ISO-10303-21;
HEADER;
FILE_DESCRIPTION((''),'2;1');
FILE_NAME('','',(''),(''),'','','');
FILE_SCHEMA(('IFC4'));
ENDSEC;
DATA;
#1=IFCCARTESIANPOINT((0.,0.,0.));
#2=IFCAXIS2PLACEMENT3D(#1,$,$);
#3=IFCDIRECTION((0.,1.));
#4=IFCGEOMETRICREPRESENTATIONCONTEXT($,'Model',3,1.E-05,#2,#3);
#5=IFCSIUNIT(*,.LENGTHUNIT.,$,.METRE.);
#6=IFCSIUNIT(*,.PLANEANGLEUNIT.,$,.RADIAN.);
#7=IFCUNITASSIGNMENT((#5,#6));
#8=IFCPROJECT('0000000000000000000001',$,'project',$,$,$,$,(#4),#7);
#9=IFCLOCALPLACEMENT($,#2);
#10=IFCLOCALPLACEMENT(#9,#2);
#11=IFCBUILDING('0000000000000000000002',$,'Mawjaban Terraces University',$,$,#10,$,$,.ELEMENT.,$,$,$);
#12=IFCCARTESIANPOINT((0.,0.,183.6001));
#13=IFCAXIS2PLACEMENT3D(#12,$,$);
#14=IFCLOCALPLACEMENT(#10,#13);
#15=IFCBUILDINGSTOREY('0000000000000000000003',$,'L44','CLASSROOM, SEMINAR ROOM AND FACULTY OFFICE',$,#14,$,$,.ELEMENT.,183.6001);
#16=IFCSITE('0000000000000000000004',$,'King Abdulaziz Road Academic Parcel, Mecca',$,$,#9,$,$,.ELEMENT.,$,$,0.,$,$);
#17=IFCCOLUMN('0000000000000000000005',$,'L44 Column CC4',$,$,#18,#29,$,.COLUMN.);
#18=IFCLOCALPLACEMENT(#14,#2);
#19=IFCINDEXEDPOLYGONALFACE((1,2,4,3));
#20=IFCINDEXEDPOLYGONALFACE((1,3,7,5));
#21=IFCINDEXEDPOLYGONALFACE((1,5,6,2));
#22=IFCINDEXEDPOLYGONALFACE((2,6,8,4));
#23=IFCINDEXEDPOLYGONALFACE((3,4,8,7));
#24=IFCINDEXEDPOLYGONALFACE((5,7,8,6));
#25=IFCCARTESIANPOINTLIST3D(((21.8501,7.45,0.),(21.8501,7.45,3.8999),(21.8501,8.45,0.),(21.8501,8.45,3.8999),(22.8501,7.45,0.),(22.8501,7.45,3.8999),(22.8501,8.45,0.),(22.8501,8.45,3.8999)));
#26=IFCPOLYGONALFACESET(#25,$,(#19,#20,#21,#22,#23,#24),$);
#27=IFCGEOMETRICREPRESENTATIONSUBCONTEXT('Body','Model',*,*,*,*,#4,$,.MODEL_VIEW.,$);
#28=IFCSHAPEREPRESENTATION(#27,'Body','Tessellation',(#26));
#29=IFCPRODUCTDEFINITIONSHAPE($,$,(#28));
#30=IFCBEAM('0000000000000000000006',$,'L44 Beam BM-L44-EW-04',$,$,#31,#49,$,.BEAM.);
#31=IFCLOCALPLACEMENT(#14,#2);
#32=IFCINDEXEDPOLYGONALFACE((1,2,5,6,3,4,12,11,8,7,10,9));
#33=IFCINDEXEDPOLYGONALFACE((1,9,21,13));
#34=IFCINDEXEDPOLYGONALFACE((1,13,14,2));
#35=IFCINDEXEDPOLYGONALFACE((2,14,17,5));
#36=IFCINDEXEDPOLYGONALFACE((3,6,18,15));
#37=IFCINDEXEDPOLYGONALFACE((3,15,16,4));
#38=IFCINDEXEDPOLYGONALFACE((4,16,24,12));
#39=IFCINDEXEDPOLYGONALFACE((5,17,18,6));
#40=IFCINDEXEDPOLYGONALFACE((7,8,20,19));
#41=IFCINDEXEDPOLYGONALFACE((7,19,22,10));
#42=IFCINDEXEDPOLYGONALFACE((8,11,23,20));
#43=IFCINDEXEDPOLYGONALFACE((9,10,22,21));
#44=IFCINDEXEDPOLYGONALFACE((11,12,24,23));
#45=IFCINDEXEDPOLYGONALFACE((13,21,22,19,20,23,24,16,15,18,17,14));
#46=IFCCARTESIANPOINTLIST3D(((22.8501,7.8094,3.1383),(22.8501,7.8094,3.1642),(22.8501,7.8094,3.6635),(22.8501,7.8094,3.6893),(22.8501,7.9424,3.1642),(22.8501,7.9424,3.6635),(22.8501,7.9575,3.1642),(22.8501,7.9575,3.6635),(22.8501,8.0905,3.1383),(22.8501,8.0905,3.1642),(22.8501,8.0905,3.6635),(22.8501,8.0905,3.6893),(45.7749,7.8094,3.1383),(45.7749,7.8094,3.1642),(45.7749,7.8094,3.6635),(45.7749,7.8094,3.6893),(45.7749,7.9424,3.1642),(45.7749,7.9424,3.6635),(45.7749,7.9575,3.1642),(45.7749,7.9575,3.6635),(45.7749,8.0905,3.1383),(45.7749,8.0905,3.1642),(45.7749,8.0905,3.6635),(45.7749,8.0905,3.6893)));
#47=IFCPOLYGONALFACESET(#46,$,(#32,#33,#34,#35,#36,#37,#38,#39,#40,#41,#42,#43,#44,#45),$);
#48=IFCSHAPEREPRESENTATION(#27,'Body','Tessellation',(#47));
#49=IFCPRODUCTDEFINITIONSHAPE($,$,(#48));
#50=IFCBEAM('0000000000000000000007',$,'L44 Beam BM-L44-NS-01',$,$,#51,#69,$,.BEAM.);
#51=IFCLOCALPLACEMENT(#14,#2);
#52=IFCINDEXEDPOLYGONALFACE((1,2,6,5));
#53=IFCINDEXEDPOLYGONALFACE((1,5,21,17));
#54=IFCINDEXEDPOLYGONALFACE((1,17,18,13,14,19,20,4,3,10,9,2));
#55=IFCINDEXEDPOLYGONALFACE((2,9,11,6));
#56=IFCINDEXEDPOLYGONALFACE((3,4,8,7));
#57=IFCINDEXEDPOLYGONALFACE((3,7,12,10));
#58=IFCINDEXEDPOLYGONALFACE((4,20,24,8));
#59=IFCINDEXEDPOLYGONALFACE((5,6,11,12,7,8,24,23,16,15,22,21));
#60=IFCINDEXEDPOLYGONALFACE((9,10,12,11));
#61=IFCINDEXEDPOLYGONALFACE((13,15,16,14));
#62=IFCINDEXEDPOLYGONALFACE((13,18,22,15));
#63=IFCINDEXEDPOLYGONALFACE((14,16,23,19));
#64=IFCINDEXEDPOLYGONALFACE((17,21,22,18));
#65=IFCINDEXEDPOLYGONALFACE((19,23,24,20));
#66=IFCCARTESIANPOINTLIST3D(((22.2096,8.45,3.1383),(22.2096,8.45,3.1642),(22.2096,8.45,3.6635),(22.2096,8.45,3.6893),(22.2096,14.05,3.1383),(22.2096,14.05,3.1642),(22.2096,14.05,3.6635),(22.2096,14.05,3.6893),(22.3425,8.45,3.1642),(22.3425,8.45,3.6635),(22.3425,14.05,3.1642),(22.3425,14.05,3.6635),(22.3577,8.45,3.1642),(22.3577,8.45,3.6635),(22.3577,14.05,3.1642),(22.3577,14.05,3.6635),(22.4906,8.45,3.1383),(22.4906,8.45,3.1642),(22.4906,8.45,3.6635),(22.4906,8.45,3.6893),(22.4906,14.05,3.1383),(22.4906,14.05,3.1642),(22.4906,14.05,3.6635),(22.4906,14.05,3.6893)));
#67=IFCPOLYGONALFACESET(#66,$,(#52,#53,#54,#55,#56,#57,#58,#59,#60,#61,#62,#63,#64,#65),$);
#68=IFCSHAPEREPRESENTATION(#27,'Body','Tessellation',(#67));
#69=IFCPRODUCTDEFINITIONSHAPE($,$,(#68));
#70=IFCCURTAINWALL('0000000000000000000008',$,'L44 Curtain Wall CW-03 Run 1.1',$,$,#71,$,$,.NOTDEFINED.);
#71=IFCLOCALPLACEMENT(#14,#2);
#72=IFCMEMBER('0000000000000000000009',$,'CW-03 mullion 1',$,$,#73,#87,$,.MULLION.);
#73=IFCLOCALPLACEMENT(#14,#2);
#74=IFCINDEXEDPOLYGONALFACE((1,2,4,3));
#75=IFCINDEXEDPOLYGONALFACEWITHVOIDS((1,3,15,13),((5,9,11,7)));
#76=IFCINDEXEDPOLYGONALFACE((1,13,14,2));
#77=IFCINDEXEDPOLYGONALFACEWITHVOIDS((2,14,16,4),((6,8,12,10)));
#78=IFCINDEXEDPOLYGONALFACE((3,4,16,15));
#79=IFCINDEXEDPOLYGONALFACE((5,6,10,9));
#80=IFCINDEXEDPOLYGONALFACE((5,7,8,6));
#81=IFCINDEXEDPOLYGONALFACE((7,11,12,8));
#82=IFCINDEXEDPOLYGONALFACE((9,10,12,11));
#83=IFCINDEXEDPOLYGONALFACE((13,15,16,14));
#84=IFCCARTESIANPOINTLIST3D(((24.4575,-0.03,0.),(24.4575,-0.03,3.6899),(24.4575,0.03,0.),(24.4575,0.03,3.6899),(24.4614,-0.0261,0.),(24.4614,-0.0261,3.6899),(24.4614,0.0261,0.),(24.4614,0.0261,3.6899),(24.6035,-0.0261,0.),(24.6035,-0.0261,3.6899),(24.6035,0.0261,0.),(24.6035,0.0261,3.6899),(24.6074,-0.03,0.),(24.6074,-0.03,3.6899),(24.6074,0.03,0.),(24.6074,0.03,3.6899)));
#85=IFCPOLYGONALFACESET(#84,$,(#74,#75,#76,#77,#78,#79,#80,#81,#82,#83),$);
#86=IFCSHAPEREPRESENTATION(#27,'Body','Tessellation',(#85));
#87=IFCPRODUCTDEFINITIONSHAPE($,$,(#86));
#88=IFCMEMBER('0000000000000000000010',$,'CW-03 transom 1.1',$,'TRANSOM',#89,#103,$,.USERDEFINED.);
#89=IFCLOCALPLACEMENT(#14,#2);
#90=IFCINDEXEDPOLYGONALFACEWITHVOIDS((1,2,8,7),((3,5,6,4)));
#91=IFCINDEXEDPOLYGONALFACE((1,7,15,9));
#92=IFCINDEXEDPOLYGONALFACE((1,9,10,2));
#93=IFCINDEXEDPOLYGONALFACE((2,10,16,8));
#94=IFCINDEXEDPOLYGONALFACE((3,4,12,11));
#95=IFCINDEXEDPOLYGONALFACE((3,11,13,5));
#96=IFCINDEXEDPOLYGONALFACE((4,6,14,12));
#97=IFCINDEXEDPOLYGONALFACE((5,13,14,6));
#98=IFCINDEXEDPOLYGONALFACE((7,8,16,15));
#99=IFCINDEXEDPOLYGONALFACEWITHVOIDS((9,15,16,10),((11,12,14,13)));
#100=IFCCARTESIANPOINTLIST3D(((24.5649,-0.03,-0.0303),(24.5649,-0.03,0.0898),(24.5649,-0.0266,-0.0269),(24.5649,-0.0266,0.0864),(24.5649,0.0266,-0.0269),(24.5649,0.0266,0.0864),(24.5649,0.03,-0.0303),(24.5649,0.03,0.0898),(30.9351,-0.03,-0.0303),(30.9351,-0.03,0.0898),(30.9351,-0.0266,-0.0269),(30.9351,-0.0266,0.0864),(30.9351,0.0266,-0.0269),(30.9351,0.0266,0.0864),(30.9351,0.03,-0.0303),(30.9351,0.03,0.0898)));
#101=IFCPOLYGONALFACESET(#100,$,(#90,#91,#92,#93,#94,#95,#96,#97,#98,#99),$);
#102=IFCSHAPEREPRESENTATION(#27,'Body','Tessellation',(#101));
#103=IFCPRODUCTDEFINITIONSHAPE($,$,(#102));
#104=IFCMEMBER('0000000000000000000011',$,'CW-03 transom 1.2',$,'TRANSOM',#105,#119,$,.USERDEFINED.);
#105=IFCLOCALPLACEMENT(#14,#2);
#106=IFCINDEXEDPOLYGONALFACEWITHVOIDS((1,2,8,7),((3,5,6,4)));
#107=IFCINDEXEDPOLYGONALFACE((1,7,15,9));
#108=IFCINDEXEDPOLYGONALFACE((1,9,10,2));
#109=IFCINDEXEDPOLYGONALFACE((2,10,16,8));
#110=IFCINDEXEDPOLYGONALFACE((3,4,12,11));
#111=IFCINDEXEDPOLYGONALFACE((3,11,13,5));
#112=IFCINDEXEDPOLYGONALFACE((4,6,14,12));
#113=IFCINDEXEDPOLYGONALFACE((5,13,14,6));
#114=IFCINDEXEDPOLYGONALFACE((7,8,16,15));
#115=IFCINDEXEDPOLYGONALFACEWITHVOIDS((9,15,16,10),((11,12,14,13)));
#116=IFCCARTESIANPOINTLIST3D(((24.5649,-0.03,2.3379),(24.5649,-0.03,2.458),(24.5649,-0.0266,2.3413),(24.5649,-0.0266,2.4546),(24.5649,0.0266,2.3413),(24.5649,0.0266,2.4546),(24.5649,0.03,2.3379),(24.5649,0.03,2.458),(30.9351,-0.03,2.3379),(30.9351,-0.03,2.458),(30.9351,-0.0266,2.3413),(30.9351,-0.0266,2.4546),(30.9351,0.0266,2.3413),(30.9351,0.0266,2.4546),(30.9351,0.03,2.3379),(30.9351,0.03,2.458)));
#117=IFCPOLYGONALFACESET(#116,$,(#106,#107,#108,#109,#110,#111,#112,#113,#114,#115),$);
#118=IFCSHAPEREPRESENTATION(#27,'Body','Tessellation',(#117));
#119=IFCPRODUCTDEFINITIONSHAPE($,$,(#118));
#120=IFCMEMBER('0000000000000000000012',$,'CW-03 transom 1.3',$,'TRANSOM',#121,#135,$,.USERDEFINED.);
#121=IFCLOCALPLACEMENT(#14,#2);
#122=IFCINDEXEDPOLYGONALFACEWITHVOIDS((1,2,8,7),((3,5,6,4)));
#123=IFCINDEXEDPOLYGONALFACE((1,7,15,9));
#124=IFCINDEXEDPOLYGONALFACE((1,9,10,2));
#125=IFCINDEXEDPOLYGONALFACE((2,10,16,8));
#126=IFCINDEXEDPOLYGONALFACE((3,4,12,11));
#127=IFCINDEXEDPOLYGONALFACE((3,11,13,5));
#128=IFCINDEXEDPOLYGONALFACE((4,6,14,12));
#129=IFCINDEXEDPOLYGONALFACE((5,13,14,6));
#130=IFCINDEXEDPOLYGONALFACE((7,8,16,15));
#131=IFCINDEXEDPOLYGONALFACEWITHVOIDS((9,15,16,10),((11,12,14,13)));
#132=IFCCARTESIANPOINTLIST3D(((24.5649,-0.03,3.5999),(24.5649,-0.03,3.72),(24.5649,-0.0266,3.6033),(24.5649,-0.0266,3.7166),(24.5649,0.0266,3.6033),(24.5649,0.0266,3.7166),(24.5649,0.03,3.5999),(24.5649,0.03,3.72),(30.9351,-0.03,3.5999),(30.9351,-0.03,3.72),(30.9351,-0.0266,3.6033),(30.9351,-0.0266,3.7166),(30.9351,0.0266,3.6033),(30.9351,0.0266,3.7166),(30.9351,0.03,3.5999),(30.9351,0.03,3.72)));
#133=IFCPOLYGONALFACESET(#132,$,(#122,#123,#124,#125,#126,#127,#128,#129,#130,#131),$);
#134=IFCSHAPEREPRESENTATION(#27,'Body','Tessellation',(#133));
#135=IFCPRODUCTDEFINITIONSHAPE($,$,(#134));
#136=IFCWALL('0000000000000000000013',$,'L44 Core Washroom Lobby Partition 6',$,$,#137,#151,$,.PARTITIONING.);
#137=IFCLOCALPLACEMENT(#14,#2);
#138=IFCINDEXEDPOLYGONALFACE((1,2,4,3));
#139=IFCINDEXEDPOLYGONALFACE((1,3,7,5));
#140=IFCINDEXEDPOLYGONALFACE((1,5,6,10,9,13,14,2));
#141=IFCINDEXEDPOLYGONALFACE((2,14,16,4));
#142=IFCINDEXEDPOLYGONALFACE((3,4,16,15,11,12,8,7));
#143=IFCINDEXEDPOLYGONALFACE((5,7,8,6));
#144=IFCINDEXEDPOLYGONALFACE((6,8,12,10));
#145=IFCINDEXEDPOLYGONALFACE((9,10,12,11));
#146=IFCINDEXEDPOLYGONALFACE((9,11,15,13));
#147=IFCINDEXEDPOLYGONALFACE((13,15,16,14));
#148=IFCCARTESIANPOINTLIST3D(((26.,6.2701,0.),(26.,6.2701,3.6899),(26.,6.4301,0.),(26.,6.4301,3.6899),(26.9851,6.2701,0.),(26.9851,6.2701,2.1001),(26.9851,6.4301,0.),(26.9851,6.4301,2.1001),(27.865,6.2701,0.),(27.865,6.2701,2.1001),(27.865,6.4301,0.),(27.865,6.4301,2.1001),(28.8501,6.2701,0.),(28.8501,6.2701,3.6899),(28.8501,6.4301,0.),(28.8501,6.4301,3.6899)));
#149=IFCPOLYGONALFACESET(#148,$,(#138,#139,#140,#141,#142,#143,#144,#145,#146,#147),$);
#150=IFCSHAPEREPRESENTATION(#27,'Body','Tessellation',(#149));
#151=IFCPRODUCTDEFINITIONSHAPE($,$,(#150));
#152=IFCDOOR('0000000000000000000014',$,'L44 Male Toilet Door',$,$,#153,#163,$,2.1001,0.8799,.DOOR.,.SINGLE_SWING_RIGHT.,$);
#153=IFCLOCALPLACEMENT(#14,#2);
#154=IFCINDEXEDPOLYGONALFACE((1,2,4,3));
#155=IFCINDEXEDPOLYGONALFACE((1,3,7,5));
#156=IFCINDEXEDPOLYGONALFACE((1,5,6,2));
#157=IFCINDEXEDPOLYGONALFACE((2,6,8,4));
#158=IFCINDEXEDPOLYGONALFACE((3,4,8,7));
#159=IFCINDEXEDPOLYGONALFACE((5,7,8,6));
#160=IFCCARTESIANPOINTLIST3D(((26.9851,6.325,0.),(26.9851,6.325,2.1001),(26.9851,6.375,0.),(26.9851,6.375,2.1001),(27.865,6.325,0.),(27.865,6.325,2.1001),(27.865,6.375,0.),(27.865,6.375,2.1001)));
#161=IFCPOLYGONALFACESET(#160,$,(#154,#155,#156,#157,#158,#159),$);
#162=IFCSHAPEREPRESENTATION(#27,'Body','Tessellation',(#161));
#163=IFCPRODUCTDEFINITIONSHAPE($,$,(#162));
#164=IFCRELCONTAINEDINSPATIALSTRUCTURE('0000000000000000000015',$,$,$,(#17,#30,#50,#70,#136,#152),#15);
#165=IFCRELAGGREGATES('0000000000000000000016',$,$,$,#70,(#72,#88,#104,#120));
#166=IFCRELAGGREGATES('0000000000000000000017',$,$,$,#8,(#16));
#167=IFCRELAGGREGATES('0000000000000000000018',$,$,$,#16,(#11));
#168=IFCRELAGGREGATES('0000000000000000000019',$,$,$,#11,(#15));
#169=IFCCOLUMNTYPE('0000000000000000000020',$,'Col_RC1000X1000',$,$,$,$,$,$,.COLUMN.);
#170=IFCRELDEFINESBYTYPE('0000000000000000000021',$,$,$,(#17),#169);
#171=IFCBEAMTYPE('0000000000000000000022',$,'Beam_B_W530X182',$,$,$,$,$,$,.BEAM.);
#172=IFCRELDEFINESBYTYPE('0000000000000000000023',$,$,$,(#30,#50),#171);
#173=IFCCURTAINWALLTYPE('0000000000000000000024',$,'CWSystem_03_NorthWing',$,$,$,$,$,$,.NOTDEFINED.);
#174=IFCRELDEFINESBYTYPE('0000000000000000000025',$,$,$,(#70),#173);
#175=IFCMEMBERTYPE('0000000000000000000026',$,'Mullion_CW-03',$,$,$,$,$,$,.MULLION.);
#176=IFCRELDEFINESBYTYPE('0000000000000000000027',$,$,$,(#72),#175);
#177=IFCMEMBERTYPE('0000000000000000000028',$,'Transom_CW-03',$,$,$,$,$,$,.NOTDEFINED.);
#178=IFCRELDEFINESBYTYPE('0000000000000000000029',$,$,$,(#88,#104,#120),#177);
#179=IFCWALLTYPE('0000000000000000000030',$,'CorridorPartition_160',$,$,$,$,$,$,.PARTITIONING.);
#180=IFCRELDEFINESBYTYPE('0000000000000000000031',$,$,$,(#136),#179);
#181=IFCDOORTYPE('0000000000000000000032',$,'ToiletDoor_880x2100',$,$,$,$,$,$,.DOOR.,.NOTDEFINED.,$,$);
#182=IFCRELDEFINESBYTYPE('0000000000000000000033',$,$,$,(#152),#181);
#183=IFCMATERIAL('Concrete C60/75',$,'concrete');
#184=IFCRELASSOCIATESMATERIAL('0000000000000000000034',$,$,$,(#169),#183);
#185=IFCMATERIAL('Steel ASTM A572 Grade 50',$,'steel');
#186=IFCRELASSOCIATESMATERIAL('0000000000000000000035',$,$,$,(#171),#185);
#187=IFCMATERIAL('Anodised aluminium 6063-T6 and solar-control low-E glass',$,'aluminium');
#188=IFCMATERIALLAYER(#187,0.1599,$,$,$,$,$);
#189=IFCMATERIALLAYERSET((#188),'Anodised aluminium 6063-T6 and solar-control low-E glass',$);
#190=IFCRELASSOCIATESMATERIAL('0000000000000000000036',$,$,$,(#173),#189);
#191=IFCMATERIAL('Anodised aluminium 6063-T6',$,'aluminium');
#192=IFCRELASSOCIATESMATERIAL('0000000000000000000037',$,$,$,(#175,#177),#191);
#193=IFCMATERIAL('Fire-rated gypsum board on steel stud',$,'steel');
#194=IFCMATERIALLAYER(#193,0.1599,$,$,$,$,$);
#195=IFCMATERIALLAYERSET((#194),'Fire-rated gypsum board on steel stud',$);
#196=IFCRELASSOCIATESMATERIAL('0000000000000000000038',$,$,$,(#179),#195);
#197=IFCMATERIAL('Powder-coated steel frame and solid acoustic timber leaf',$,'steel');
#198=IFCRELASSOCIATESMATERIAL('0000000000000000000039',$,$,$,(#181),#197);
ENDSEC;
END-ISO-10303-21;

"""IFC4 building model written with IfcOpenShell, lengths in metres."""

from ifc_helpers import new_model, si_unit, direction, frame, frame_2d, origin, origin_2d, place, context, subcontext, project, spatial, rectangle, hollow_rectangle, i_section, extrude, material, layer, layer_set, material_profile, profile_set, type_object, element, fill, aggregate, save


model = new_model("IFC4")

# Units and contexts
model_context = context("Model", 3, precision=1e-05, world=origin(), true_north=direction((0.0, 1.0)))
body_context = subcontext(model_context, "Body", "Model", "MODEL_VIEW")
ifc_project = project(units=[si_unit("LENGTHUNIT", "METRE"), si_unit("PLANEANGLEUNIT", "RADIAN")], contexts=[model_context])

# Site, building, storey
site_placement = place(None, origin())
site = spatial("IfcSite", under=ifc_project, at=site_placement, Name="King Abdulaziz Road Academic Parcel, Mecca", CompositionType="ELEMENT", RefElevation=0.0)
building_placement = place(site_placement, origin())
building = spatial("IfcBuilding", under=site, at=building_placement, Name="Mawjaban Terraces University", CompositionType="ELEMENT")
storey_placement = place(building_placement, frame((0.0, 0.0, 183.6001)))
storey = spatial("IfcBuildingStorey", under=building, at=storey_placement, Name="L44", Description="CLASSROOM, SEMINAR ROOM AND FACULTY OFFICE", CompositionType="ELEMENT", Elevation=183.6001)

# Column
ifc_material_1 = material(Name="Concrete C60/75", Category="concrete")
ifc_material_profile_1 = material_profile(ifc_material_1, rectangle(XDim=1.0, YDim=1.0, at=origin_2d()), Name="RC1000X1000")
ifc_profile_set_1 = profile_set([ifc_material_profile_1], Name="Concrete C60/75")
column_type = type_object("IfcColumnType", Name="Col_RC1000X1000", PredefinedType="COLUMN", material=ifc_profile_set_1)
column_placement = place(storey_placement, frame((22.3501, 7.95, 0.0), z_axis=(0.0, 0.0, 1.0), x_axis=(1.0, 0.0, 0.0)))
element("IfcColumn", 1, at=column_placement, inside=storey, type_object=column_type, Name="L44 Column CC4", PredefinedType="COLUMN", context=body_context, shape_type="SweptSolid", body=[
    extrude(rectangle(XDim=1.0, YDim=1.0, at=origin_2d()), origin(), (0.0, 0.0, 1.0), 3.8999),
])

# Beams
ifc_material_2 = material(Name="Steel ASTM A572 Grade 50", Category="steel")
ifc_material_profile_2 = material_profile(ifc_material_2, i_section(OverallWidth=0.281, OverallDepth=0.551, WebThickness=0.0151, FlangeThickness=0.0259, at=origin_2d()), Name="W530X182")
ifc_profile_set_2 = profile_set([ifc_material_profile_2], Name="Steel ASTM A572 Grade 50")
beam_type = type_object("IfcBeamType", Name="Beam_B_W530X182", PredefinedType="BEAM", material=ifc_profile_set_2)
beam_1_placement = place(storey_placement, frame((22.8501, 7.95, 3.4138), z_axis=(1.0, 0.0, 0.0), x_axis=(0.0, 1.0, 0.0)))
element("IfcBeam", 2, at=beam_1_placement, inside=storey, type_object=beam_type, Name="L44 Beam BM-L44-EW-04", PredefinedType="BEAM", context=body_context, shape_type="SweptSolid", body=[
    extrude(i_section(OverallWidth=0.281, OverallDepth=0.551, WebThickness=0.0151, FlangeThickness=0.0259, at=origin_2d()), origin(), (0.0, 0.0, 1.0), 22.9248),
])
beam_2_placement = place(storey_placement, frame((22.3501, 8.45, 3.4138), z_axis=(0.0, 1.0, 0.0), x_axis=(-1.0, 0.0, 0.0)))
element("IfcBeam", 3, at=beam_2_placement, inside=storey, type_object=beam_type, Name="L44 Beam BM-L44-NS-01", PredefinedType="BEAM", context=body_context, shape_type="SweptSolid", body=[
    extrude(i_section(OverallWidth=0.281, OverallDepth=0.551, WebThickness=0.0151, FlangeThickness=0.0259, at=origin_2d()), origin(), (0.0, 0.0, 1.0), 5.6001),
])

# Curtain wall, members
ifc_material_3 = material(Name="Anodised aluminium 6063-T6 and solar-control low-E glass", Category="aluminium")
ifc_layer_1 = layer(ifc_material_3, 0.1599)
ifc_layer_set_1 = layer_set([ifc_layer_1], Name="Anodised aluminium 6063-T6 and solar-control low-E glass")
curtain_wall_type = type_object("IfcCurtainWallType", Name="CWSystem_03_NorthWing", PredefinedType="NOTDEFINED", material=ifc_layer_set_1)
curtain_wall_placement = place(storey_placement, origin())
curtain_wall = element("IfcCurtainWall", 4, at=curtain_wall_placement, inside=storey, type_object=curtain_wall_type, Name="L44 Curtain Wall CW-03 Run 1.1", PredefinedType="NOTDEFINED")
ifc_material_4 = material(Name="Anodised aluminium 6063-T6", Category="aluminium")
ifc_material_profile_3 = material_profile(ifc_material_4, hollow_rectangle(XDim=0.0601, YDim=0.1499, WallThickness=0.0039, at=origin_2d()), Name="ALU150X60X4")
ifc_profile_set_3 = profile_set([ifc_material_profile_3], Name="Anodised aluminium 6063-T6")
member_type_1 = type_object("IfcMemberType", Name="Mullion_CW-03", PredefinedType="MULLION", material=ifc_profile_set_3)
member_1_placement = place(storey_placement, frame((24.5325, 0.0, 0.0), z_axis=(0.0, 0.0, 1.0), x_axis=(0.0, 1.0, 0.0)))
member_1 = element("IfcMember", 5, at=member_1_placement, type_object=member_type_1, Name="CW-03 mullion 1", PredefinedType="MULLION", context=body_context, shape_type="SweptSolid", body=[
    extrude(hollow_rectangle(XDim=0.0601, YDim=0.1499, WallThickness=0.0039, at=origin_2d()), origin(), (0.0, 0.0, 1.0), 3.6899),
])
ifc_material_profile_4 = material_profile(ifc_material_4, hollow_rectangle(XDim=0.0601, YDim=0.1201, WallThickness=0.0034, at=origin_2d()), Name="ALU120X60X3.5")
ifc_profile_set_4 = profile_set([ifc_material_profile_4], Name="Anodised aluminium 6063-T6")
member_type_2 = type_object("IfcMemberType", Name="Transom_CW-03", PredefinedType="NOTDEFINED", material=ifc_profile_set_4)
member_2_placement = place(storey_placement, frame((24.5649, 0.0, 0.0298), z_axis=(1.0, 0.0, 0.0), x_axis=(0.0, 1.0, 0.0)))
member_2 = element("IfcMember", 6, at=member_2_placement, type_object=member_type_2, Name="CW-03 transom 1.1", ObjectType="TRANSOM", PredefinedType="USERDEFINED", context=body_context, shape_type="SweptSolid", body=[
    extrude(hollow_rectangle(XDim=0.0601, YDim=0.1201, WallThickness=0.0034, at=origin_2d()), origin(), (0.0, 0.0, 1.0), 6.3701),
])
member_3_placement = place(storey_placement, frame((24.5649, 0.0, 2.3979), z_axis=(1.0, 0.0, 0.0), x_axis=(0.0, 1.0, 0.0)))
member_3 = element("IfcMember", 7, at=member_3_placement, type_object=member_type_2, Name="CW-03 transom 1.2", ObjectType="TRANSOM", PredefinedType="USERDEFINED", context=body_context, shape_type="SweptSolid", body=[
    extrude(hollow_rectangle(XDim=0.0601, YDim=0.1201, WallThickness=0.0034, at=origin_2d()), origin(), (0.0, 0.0, 1.0), 6.3701),
])
member_4_placement = place(storey_placement, frame((24.5649, 0.0, 3.6599), z_axis=(1.0, 0.0, 0.0), x_axis=(0.0, 1.0, 0.0)))
member_4 = element("IfcMember", 8, at=member_4_placement, type_object=member_type_2, Name="CW-03 transom 1.3", ObjectType="TRANSOM", PredefinedType="USERDEFINED", context=body_context, shape_type="SweptSolid", body=[
    extrude(hollow_rectangle(XDim=0.0601, YDim=0.1201, WallThickness=0.0034, at=origin_2d()), origin(), (0.0, 0.0, 1.0), 6.3701),
])
aggregate(curtain_wall, [member_1, member_2, member_3, member_4])

# Wall, opening, door
ifc_material_5 = material(Name="Fire-rated gypsum board on steel stud", Category="steel")
ifc_layer_2 = layer(ifc_material_5, 0.1599)
ifc_layer_set_2 = layer_set([ifc_layer_2], Name="Fire-rated gypsum board on steel stud")
wall_type_1 = type_object("IfcWallType", Name="CorridorPartition_160", PredefinedType="PARTITIONING", material=ifc_layer_set_2)
wall_1_placement = place(storey_placement, frame((26.0, 6.3501, 0.0), z_axis=(0.0, 0.0, 1.0), x_axis=(1.0, 0.0, 0.0)))
wall_1 = element("IfcWall", 9, at=wall_1_placement, inside=storey, type_object=wall_type_1, Name="L44 Core Washroom Lobby Partition 6", PredefinedType="PARTITIONING", context=body_context, shape_type="SweptSolid", body=[
    extrude(rectangle(XDim=2.8501, YDim=0.1599, at=frame_2d((1.425, 0.0))), origin(), (0.0, 0.0, 1.0), 3.6899),
])
opening_1_placement = place(wall_1_placement, frame((0.9851, 0.0, 0.0)))
opening_1 = element("IfcOpeningElement", 10, at=opening_1_placement, cuts=wall_1, PredefinedType="OPENING", context=body_context, shape_type="SweptSolid", body=[
    extrude(rectangle(XDim=0.8799, YDim=2.1001, at=frame_2d((0.4399, 1.05))), frame((0.0, 0.0898, 0.0), z_axis=(0.0, -1.0, 0.0), x_axis=(1.0, 0.0, 0.0)), (0.0, 0.0, 1.0), 0.1799),
])
ifc_material_6 = material(Name="Powder-coated steel frame and solid acoustic timber leaf", Category="steel")
door_type = type_object("IfcDoorType", Name="ToiletDoor_880x2100", OperationType="NOTDEFINED", PredefinedType="DOOR", material=ifc_material_6)
door_1_placement = place(opening_1_placement, origin())
door_1 = element("IfcDoor", 11, at=door_1_placement, inside=storey, type_object=door_type, Name="L44 Male Toilet Door", OperationType="SINGLE_SWING_RIGHT", OverallHeight=2.1001, OverallWidth=0.8799, PredefinedType="DOOR", context=body_context, shape_type="SweptSolid", body=[
    extrude(rectangle(XDim=0.8799, YDim=2.1001, at=frame_2d((0.4399, 1.05))), frame((0.0, 0.0249, 0.0), z_axis=(0.0, -1.0, 0.0), x_axis=(1.0, 0.0, 0.0)), (0.0, 0.0, 1.0), 0.05),
])
fill(opening_1, door_1)

save(model, "model.ifc")
